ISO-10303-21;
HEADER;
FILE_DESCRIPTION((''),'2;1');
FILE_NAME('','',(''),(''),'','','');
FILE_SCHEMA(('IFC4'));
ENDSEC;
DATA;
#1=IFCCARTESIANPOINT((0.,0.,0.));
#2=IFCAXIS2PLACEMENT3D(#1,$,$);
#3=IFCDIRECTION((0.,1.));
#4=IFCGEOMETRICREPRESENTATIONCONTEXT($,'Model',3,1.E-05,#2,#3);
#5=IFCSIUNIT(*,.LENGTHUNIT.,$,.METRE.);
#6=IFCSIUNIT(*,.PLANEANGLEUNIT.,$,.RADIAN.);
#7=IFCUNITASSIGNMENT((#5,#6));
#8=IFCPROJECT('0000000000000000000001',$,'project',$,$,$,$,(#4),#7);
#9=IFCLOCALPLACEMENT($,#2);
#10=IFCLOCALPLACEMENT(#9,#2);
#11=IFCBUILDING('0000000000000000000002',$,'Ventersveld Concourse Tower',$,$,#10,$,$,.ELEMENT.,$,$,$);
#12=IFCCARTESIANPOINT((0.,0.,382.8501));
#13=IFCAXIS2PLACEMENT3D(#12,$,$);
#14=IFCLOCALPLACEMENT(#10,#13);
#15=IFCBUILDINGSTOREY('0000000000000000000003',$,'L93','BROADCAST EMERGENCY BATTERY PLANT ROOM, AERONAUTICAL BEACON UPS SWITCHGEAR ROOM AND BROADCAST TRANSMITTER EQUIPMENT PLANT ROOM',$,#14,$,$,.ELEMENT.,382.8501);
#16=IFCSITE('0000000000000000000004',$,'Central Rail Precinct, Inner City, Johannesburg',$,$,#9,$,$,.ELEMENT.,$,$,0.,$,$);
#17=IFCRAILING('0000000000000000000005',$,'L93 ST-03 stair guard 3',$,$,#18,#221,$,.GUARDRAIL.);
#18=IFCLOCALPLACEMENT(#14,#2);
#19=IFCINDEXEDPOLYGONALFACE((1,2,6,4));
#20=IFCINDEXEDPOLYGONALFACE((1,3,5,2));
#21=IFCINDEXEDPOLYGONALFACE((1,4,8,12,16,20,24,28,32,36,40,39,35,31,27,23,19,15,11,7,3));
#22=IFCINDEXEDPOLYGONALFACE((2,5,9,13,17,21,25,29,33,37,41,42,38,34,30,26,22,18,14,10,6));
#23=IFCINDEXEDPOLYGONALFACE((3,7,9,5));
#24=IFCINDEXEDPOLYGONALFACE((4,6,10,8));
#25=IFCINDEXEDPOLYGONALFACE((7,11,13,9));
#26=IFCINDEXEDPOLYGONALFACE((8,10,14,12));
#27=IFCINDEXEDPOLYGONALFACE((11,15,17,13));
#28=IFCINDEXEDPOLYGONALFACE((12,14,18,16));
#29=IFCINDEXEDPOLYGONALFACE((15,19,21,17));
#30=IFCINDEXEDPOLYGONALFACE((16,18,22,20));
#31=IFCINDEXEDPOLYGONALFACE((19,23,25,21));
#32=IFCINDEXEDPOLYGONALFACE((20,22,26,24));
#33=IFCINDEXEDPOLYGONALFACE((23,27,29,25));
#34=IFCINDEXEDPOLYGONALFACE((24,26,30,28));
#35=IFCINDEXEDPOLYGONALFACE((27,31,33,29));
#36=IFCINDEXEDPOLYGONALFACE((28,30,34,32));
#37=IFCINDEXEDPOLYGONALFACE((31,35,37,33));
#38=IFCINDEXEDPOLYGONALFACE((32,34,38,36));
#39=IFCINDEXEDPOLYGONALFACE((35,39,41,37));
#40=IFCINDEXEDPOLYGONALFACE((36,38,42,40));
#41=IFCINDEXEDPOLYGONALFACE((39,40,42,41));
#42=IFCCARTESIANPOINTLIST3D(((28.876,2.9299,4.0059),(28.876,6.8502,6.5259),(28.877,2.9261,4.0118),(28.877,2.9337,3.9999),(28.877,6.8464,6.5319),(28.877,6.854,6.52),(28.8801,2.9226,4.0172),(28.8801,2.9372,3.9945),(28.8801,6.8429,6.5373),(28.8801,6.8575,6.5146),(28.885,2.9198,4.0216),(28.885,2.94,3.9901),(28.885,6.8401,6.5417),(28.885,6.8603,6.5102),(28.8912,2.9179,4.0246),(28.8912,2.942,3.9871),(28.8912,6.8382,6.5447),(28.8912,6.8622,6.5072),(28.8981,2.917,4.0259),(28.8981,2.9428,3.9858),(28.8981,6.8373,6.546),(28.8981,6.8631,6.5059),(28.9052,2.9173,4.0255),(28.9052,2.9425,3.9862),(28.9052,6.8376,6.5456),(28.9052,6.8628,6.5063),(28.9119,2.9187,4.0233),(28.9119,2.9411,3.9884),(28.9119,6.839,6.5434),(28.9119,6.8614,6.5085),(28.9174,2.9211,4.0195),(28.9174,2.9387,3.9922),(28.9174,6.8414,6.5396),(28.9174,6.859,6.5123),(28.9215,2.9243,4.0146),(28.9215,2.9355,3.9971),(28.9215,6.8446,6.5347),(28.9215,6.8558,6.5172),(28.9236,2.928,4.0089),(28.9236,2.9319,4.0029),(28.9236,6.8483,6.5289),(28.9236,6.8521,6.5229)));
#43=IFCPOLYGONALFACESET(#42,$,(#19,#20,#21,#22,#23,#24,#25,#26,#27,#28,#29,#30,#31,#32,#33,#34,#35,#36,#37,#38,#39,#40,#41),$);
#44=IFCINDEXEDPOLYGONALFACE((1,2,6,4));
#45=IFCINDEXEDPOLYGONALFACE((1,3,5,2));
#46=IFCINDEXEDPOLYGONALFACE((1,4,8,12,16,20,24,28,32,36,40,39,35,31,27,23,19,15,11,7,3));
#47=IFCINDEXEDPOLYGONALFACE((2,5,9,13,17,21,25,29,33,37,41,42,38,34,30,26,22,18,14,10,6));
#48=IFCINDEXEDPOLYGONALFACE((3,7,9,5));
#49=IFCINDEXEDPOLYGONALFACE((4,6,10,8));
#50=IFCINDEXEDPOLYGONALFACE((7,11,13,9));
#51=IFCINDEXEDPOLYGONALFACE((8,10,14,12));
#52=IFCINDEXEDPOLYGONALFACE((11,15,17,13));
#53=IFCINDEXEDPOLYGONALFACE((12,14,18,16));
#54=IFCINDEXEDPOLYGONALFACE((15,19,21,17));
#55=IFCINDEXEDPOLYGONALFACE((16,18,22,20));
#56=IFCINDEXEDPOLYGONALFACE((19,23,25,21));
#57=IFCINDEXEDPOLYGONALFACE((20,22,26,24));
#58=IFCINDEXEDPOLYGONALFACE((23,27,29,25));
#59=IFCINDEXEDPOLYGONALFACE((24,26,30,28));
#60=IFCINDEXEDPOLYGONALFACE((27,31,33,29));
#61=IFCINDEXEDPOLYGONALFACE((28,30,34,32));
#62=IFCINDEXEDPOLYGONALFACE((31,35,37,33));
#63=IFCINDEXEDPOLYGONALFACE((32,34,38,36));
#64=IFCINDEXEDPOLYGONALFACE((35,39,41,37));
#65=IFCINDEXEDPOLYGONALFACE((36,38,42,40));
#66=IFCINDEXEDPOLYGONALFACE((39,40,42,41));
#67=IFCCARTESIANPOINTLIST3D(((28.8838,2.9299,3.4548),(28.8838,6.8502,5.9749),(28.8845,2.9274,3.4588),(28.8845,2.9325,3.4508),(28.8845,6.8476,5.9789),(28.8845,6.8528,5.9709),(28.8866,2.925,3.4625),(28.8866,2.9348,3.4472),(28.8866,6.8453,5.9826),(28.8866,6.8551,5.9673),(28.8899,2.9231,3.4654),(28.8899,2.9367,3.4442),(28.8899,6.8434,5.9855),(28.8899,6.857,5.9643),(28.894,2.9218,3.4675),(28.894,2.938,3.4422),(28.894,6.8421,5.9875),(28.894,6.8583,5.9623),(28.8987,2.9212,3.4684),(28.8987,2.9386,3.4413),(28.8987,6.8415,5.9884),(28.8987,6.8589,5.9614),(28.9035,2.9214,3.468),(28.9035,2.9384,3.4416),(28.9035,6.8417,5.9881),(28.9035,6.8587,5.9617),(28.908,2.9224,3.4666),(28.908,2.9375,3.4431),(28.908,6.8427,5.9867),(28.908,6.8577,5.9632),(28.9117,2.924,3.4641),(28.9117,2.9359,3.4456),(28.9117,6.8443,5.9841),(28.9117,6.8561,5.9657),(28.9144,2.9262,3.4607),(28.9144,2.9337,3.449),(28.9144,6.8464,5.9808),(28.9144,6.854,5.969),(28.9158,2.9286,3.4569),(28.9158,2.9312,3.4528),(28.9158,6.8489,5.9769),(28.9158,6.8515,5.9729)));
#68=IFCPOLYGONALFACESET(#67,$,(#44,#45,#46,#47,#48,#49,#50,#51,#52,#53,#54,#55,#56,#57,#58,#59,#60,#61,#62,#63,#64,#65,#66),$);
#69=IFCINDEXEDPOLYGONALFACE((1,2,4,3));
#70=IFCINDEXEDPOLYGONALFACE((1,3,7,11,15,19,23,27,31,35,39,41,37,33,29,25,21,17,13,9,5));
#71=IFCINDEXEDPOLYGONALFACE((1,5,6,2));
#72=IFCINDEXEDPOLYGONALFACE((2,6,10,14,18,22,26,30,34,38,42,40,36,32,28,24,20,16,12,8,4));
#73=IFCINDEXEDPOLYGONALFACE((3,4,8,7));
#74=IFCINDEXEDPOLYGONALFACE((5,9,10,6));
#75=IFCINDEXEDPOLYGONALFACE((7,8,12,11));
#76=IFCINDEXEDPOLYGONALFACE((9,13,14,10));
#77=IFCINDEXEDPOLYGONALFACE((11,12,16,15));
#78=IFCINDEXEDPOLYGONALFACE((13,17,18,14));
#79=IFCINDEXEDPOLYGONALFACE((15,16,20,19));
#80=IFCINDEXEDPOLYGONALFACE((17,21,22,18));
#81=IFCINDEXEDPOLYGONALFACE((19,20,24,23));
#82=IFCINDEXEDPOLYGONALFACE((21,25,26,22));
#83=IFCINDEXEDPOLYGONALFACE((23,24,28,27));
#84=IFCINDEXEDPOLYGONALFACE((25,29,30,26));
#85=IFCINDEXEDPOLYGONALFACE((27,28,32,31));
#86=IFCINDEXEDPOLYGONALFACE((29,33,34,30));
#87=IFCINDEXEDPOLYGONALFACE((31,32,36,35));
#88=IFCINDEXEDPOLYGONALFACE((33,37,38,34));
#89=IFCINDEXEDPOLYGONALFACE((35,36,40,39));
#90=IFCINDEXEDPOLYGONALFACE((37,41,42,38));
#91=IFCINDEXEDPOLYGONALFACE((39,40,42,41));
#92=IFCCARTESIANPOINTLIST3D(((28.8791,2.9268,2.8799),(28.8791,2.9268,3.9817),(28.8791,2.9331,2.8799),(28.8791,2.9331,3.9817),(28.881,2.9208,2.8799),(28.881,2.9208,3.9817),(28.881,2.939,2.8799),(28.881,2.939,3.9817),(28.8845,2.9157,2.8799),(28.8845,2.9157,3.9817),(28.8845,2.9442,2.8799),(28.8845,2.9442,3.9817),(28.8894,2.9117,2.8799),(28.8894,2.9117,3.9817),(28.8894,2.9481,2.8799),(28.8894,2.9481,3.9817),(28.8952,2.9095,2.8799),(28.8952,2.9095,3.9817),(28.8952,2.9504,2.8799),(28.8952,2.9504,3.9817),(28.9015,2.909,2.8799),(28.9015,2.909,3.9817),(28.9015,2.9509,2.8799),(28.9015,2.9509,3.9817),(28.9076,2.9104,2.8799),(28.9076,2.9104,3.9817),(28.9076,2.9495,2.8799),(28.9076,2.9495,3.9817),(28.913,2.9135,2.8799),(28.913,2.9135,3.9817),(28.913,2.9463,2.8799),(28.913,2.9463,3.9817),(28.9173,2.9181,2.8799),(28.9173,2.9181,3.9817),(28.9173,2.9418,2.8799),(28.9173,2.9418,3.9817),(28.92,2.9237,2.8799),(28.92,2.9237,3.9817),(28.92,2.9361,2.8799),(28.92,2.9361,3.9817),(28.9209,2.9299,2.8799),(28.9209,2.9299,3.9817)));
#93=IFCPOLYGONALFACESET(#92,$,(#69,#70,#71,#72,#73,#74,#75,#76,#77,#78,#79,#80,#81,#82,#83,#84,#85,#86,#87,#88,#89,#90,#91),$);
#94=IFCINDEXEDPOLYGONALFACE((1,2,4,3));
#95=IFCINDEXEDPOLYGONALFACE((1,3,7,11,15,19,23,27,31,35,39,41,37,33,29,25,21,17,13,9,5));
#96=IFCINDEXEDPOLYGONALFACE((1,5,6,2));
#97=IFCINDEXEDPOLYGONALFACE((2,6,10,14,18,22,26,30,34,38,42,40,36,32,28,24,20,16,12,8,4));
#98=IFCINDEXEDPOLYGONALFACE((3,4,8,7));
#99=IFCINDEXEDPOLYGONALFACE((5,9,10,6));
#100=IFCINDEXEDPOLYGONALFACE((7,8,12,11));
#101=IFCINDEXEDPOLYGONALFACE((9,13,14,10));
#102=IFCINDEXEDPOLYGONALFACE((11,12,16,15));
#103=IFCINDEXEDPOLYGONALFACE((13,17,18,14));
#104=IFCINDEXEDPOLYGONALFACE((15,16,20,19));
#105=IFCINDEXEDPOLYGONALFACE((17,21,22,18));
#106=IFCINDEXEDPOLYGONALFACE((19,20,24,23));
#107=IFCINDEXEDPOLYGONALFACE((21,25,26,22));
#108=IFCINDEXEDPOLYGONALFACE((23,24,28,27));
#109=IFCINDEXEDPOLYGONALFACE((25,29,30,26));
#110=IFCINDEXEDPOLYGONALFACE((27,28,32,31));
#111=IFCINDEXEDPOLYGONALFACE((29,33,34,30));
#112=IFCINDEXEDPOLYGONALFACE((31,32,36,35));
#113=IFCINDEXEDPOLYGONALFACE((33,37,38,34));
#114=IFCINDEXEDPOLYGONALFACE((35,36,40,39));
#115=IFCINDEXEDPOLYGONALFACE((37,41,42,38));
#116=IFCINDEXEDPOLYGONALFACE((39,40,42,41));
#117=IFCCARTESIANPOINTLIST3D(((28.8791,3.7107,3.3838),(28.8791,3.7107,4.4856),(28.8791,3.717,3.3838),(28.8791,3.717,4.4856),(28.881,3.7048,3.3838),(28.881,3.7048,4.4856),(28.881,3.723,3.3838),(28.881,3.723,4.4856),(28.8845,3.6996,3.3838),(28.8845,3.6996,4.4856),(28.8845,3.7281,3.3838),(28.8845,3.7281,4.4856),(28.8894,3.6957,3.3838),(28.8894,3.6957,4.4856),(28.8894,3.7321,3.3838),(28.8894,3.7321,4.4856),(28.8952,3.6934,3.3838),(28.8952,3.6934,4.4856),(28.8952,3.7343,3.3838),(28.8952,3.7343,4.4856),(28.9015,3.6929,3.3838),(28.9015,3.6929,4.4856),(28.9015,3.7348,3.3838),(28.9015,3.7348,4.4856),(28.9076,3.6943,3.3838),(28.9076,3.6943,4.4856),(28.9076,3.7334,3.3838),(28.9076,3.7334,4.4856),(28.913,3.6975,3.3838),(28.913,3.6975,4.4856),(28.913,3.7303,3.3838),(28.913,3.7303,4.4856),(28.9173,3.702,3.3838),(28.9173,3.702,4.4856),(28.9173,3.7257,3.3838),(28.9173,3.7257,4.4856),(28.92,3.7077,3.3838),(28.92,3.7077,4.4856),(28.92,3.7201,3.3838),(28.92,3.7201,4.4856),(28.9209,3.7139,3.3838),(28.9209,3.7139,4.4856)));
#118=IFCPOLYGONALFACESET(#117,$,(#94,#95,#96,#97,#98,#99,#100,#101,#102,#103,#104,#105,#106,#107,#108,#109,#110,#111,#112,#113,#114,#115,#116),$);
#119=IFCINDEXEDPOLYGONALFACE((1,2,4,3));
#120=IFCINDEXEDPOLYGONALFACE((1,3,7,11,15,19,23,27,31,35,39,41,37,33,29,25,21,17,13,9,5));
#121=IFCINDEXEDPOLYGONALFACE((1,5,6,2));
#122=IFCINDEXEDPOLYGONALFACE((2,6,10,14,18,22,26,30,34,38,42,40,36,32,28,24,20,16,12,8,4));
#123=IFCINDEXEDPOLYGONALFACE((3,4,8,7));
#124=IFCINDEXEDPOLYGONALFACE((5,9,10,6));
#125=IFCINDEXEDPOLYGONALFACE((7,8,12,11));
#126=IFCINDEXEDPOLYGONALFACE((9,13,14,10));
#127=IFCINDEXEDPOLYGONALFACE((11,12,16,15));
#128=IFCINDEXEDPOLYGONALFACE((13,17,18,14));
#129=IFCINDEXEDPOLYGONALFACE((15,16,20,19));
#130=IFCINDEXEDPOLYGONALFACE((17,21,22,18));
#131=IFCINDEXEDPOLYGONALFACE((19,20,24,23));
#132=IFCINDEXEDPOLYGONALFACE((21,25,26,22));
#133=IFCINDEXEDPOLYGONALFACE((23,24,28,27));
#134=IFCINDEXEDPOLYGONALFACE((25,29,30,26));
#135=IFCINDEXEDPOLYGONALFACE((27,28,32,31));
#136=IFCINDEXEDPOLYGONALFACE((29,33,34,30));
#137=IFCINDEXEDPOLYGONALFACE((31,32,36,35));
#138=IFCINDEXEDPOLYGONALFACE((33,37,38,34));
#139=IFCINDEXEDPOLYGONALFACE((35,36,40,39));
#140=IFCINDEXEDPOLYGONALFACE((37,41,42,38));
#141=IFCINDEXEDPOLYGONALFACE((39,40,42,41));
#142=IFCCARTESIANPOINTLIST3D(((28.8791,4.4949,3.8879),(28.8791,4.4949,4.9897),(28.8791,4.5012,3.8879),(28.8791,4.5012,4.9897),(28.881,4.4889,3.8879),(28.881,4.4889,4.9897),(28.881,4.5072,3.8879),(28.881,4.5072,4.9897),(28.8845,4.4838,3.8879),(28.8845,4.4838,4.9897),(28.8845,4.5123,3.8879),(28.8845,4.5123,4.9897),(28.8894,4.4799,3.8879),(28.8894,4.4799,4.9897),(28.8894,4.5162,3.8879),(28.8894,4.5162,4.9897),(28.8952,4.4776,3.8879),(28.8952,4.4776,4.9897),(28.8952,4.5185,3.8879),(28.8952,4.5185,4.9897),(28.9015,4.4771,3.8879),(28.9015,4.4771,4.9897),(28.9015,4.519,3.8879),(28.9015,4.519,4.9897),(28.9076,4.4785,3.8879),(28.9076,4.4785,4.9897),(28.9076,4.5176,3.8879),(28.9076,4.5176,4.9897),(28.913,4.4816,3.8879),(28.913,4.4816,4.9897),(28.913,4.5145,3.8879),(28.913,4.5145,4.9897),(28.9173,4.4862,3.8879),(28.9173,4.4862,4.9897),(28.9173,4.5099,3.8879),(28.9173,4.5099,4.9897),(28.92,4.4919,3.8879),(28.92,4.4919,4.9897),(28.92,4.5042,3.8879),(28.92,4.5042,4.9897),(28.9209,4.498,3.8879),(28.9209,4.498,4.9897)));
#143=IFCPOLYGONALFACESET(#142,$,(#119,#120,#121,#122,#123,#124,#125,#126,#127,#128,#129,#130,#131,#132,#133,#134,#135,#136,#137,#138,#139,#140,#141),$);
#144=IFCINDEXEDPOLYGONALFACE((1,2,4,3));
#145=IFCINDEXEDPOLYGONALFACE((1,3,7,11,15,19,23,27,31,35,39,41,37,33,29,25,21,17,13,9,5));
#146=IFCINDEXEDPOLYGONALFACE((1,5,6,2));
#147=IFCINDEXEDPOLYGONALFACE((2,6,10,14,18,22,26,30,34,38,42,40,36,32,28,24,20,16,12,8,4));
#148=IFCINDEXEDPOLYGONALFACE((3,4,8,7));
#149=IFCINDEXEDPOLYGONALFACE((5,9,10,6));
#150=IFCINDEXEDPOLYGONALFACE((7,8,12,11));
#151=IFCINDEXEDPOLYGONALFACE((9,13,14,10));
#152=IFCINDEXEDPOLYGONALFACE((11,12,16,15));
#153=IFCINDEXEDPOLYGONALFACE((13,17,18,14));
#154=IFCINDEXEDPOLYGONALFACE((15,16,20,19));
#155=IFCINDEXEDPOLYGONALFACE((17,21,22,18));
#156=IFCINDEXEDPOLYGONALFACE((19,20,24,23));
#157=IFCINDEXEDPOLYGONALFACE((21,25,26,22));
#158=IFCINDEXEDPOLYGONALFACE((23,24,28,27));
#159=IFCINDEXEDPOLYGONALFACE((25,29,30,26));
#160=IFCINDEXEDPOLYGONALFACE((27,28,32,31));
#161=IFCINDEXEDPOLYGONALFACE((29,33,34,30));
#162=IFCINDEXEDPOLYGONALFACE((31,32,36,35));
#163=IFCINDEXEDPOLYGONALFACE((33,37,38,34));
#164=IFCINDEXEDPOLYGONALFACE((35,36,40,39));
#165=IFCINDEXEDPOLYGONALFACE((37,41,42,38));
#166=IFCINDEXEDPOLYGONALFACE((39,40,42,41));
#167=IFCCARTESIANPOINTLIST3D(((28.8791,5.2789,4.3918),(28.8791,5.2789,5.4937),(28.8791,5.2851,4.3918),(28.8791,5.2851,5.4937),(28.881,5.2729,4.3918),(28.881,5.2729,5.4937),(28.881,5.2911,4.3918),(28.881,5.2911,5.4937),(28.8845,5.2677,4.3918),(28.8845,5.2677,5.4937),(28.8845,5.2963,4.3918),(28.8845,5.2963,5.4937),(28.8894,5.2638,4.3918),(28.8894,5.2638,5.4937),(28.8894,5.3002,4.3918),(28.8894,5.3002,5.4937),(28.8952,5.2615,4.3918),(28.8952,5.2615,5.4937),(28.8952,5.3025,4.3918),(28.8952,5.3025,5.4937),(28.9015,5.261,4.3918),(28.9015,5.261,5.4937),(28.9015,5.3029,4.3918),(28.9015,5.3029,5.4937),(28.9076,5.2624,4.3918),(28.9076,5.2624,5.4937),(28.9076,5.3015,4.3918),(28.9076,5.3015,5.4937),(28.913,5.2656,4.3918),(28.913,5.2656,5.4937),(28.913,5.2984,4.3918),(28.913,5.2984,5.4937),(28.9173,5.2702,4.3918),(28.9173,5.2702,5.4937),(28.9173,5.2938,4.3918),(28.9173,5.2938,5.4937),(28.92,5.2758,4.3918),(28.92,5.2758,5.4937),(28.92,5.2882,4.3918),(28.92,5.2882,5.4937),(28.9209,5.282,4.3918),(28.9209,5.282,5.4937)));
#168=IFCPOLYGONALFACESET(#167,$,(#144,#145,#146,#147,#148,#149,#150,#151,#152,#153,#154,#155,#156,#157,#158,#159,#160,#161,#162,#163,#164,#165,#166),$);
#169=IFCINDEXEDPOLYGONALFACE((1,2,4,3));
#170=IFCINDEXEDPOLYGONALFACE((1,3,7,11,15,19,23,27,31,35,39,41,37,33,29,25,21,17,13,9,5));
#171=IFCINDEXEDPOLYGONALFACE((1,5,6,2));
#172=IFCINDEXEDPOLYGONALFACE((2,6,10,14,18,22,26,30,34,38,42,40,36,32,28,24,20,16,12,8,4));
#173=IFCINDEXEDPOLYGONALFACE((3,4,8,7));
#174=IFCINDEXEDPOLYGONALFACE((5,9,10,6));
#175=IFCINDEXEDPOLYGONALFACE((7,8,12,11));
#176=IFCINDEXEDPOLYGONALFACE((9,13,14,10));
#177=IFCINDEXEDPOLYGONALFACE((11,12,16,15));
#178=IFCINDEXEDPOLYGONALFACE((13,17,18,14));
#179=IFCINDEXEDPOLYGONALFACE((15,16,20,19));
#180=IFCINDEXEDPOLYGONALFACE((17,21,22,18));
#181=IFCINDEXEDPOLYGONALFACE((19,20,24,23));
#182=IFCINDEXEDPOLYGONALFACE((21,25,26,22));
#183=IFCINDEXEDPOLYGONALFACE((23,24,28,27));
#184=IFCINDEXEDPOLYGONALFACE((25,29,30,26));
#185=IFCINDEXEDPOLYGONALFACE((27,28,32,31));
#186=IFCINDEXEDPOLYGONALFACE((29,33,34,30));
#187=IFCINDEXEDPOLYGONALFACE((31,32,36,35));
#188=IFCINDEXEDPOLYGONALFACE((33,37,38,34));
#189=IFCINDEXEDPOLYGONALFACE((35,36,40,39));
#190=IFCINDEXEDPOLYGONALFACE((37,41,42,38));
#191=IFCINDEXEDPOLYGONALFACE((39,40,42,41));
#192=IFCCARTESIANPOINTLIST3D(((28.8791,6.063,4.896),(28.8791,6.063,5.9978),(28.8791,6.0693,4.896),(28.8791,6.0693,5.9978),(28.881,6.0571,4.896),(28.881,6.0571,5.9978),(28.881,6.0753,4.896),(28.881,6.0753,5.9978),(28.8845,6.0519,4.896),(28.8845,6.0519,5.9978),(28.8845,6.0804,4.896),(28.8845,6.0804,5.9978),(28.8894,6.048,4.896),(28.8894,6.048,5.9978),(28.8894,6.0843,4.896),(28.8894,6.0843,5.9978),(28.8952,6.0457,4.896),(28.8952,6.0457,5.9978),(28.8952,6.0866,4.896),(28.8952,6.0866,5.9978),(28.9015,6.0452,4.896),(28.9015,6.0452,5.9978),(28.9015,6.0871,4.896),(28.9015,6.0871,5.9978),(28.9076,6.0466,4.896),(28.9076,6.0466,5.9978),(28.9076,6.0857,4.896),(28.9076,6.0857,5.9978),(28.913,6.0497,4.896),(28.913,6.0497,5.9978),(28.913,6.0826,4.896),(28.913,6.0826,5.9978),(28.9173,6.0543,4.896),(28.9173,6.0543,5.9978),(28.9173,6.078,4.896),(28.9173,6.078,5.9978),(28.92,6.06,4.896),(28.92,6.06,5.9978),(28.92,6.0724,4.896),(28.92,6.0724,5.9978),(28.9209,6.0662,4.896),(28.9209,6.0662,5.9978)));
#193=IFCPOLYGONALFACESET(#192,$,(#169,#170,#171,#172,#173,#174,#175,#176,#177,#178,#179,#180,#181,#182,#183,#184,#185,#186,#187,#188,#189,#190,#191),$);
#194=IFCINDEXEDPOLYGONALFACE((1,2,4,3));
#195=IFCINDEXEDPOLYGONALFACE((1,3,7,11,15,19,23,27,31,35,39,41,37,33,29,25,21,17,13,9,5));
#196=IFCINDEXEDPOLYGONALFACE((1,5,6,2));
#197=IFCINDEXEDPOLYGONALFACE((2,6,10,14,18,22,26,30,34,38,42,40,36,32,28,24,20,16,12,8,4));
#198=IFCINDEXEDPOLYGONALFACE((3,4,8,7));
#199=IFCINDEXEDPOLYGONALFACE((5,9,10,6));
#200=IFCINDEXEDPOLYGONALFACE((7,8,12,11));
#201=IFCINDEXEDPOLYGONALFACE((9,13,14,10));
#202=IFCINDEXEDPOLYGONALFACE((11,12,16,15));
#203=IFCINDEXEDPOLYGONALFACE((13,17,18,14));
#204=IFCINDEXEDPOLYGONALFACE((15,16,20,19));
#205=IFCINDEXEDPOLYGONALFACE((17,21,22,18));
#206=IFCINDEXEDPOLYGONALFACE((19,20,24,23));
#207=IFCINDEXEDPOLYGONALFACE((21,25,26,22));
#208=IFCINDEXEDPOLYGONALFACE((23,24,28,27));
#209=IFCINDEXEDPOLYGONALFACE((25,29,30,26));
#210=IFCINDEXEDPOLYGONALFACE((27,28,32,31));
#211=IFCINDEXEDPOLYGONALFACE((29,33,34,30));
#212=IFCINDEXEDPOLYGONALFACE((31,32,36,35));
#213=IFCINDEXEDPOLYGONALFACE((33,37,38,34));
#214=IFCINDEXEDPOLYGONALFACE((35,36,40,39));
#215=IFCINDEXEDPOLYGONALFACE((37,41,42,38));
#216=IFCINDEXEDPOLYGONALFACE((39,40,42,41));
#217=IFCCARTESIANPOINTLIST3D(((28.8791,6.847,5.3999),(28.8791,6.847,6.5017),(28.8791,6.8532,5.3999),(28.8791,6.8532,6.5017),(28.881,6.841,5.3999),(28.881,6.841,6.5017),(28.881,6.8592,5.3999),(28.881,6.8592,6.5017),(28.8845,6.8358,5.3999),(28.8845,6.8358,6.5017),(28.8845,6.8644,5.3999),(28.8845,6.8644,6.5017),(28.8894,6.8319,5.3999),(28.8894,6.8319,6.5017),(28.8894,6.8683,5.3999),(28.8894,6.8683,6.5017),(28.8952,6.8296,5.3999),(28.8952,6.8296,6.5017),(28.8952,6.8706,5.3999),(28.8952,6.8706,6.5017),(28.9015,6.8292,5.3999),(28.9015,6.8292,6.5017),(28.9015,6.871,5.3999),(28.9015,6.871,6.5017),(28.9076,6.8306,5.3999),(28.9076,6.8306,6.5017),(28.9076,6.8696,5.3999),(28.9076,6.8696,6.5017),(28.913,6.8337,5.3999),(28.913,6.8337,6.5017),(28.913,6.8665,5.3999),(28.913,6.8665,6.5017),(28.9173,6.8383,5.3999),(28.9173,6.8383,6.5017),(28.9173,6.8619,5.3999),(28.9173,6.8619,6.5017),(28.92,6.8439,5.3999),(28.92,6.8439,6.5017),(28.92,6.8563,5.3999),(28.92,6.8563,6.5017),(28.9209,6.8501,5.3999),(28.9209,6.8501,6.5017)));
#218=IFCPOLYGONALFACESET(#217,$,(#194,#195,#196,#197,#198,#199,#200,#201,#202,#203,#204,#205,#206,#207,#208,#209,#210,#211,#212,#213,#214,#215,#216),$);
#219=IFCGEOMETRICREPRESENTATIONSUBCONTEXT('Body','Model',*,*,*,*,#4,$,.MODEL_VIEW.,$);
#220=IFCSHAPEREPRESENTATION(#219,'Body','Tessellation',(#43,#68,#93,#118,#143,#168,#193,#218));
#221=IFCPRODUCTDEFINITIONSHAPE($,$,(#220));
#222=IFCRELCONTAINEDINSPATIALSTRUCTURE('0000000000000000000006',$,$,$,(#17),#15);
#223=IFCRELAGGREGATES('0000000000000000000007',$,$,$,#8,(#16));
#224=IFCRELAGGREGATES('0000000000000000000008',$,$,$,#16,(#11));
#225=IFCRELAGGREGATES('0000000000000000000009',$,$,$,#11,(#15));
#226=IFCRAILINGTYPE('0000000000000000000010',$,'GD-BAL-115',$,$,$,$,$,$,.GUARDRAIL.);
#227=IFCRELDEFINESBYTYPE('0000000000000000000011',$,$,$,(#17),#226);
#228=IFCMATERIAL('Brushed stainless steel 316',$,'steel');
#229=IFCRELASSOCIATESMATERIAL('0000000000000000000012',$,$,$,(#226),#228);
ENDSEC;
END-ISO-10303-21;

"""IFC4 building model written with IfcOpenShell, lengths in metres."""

from ifc_helpers import new_model, si_unit, direction, frame, origin, origin_2d, place, context, subcontext, project, spatial, circle, extrude, material, type_object, element, save


model = new_model("IFC4")

# Units and contexts
model_context = context("Model", 3, precision=1e-05, world=origin(), true_north=direction((0.0, 1.0)))
body_context = subcontext(model_context, "Body", "Model", "MODEL_VIEW")
ifc_project = project(units=[si_unit("LENGTHUNIT", "METRE"), si_unit("PLANEANGLEUNIT", "RADIAN")], contexts=[model_context])

# Site, building, storey
site_placement = place(None, origin())
site = spatial("IfcSite", under=ifc_project, at=site_placement, Name="Central Rail Precinct, Inner City, Johannesburg", CompositionType="ELEMENT", RefElevation=0.0)
building_placement = place(site_placement, origin())
building = spatial("IfcBuilding", under=site, at=building_placement, Name="Ventersveld Concourse Tower", CompositionType="ELEMENT")
storey_placement = place(building_placement, frame((0.0, 0.0, 382.8501)))
storey = spatial("IfcBuildingStorey", under=building, at=storey_placement, Name="L93", Description="BROADCAST EMERGENCY BATTERY PLANT ROOM, AERONAUTICAL BEACON UPS SWITCHGEAR ROOM AND BROADCAST TRANSMITTER EQUIPMENT PLANT ROOM", CompositionType="ELEMENT", Elevation=382.8501)

# Shared definitions
ifc_material_1 = material(Name="Brushed stainless steel 316", Category="steel")

# Railing
railing_type_1 = type_object("IfcRailingType", Name="GD-BAL-115", PredefinedType="GUARDRAIL", material=ifc_material_1)
railing_1_placement = place(storey_placement, frame((28.8999, 2.9299, 2.8799)))
element("IfcRailing", 1, at=railing_1_placement, inside=storey, type_object=railing_type_1, Name="L93 ST-03 stair guard 3", PredefinedType="GUARDRAIL", context=body_context, shape_type="SweptSolid", body=[
    extrude(circle(Radius=0.0239, at=origin_2d()), frame((0.0, 0.0, 1.126), z_axis=(0.0, 0.841187, 0.540744), x_axis=(-1.0, 0.0, 0.0)), (0.0, 0.0, 1.0), 4.6604),
    extrude(circle(Radius=0.0161, at=origin_2d()), frame((0.0, 0.0, 0.575), z_axis=(0.0, 0.841187, 0.540744), x_axis=(-1.0, 0.0, 0.0)), (0.0, 0.0, 1.0), 4.6604),
    extrude(circle(Radius=0.021, at=origin_2d()), origin(), (0.0, 0.0, 1.0), 1.1018),
    extrude(circle(Radius=0.021, at=origin_2d()), frame((0.0, 0.7839, 0.5039)), (0.0, 0.0, 1.0), 1.1018),
    extrude(circle(Radius=0.021, at=origin_2d()), frame((0.0, 1.5681, 1.0081)), (0.0, 0.0, 1.0), 1.1018),
    extrude(circle(Radius=0.021, at=origin_2d()), frame((0.0, 2.3521, 1.512)), (0.0, 0.0, 1.0), 1.1018),
    extrude(circle(Radius=0.021, at=origin_2d()), frame((0.0, 3.1362, 2.0161)), (0.0, 0.0, 1.0), 1.1018),
    extrude(circle(Radius=0.021, at=origin_2d()), frame((0.0, 3.9202, 2.52)), (0.0, 0.0, 1.0), 1.1018),
])

save(model, "model.ifc")
